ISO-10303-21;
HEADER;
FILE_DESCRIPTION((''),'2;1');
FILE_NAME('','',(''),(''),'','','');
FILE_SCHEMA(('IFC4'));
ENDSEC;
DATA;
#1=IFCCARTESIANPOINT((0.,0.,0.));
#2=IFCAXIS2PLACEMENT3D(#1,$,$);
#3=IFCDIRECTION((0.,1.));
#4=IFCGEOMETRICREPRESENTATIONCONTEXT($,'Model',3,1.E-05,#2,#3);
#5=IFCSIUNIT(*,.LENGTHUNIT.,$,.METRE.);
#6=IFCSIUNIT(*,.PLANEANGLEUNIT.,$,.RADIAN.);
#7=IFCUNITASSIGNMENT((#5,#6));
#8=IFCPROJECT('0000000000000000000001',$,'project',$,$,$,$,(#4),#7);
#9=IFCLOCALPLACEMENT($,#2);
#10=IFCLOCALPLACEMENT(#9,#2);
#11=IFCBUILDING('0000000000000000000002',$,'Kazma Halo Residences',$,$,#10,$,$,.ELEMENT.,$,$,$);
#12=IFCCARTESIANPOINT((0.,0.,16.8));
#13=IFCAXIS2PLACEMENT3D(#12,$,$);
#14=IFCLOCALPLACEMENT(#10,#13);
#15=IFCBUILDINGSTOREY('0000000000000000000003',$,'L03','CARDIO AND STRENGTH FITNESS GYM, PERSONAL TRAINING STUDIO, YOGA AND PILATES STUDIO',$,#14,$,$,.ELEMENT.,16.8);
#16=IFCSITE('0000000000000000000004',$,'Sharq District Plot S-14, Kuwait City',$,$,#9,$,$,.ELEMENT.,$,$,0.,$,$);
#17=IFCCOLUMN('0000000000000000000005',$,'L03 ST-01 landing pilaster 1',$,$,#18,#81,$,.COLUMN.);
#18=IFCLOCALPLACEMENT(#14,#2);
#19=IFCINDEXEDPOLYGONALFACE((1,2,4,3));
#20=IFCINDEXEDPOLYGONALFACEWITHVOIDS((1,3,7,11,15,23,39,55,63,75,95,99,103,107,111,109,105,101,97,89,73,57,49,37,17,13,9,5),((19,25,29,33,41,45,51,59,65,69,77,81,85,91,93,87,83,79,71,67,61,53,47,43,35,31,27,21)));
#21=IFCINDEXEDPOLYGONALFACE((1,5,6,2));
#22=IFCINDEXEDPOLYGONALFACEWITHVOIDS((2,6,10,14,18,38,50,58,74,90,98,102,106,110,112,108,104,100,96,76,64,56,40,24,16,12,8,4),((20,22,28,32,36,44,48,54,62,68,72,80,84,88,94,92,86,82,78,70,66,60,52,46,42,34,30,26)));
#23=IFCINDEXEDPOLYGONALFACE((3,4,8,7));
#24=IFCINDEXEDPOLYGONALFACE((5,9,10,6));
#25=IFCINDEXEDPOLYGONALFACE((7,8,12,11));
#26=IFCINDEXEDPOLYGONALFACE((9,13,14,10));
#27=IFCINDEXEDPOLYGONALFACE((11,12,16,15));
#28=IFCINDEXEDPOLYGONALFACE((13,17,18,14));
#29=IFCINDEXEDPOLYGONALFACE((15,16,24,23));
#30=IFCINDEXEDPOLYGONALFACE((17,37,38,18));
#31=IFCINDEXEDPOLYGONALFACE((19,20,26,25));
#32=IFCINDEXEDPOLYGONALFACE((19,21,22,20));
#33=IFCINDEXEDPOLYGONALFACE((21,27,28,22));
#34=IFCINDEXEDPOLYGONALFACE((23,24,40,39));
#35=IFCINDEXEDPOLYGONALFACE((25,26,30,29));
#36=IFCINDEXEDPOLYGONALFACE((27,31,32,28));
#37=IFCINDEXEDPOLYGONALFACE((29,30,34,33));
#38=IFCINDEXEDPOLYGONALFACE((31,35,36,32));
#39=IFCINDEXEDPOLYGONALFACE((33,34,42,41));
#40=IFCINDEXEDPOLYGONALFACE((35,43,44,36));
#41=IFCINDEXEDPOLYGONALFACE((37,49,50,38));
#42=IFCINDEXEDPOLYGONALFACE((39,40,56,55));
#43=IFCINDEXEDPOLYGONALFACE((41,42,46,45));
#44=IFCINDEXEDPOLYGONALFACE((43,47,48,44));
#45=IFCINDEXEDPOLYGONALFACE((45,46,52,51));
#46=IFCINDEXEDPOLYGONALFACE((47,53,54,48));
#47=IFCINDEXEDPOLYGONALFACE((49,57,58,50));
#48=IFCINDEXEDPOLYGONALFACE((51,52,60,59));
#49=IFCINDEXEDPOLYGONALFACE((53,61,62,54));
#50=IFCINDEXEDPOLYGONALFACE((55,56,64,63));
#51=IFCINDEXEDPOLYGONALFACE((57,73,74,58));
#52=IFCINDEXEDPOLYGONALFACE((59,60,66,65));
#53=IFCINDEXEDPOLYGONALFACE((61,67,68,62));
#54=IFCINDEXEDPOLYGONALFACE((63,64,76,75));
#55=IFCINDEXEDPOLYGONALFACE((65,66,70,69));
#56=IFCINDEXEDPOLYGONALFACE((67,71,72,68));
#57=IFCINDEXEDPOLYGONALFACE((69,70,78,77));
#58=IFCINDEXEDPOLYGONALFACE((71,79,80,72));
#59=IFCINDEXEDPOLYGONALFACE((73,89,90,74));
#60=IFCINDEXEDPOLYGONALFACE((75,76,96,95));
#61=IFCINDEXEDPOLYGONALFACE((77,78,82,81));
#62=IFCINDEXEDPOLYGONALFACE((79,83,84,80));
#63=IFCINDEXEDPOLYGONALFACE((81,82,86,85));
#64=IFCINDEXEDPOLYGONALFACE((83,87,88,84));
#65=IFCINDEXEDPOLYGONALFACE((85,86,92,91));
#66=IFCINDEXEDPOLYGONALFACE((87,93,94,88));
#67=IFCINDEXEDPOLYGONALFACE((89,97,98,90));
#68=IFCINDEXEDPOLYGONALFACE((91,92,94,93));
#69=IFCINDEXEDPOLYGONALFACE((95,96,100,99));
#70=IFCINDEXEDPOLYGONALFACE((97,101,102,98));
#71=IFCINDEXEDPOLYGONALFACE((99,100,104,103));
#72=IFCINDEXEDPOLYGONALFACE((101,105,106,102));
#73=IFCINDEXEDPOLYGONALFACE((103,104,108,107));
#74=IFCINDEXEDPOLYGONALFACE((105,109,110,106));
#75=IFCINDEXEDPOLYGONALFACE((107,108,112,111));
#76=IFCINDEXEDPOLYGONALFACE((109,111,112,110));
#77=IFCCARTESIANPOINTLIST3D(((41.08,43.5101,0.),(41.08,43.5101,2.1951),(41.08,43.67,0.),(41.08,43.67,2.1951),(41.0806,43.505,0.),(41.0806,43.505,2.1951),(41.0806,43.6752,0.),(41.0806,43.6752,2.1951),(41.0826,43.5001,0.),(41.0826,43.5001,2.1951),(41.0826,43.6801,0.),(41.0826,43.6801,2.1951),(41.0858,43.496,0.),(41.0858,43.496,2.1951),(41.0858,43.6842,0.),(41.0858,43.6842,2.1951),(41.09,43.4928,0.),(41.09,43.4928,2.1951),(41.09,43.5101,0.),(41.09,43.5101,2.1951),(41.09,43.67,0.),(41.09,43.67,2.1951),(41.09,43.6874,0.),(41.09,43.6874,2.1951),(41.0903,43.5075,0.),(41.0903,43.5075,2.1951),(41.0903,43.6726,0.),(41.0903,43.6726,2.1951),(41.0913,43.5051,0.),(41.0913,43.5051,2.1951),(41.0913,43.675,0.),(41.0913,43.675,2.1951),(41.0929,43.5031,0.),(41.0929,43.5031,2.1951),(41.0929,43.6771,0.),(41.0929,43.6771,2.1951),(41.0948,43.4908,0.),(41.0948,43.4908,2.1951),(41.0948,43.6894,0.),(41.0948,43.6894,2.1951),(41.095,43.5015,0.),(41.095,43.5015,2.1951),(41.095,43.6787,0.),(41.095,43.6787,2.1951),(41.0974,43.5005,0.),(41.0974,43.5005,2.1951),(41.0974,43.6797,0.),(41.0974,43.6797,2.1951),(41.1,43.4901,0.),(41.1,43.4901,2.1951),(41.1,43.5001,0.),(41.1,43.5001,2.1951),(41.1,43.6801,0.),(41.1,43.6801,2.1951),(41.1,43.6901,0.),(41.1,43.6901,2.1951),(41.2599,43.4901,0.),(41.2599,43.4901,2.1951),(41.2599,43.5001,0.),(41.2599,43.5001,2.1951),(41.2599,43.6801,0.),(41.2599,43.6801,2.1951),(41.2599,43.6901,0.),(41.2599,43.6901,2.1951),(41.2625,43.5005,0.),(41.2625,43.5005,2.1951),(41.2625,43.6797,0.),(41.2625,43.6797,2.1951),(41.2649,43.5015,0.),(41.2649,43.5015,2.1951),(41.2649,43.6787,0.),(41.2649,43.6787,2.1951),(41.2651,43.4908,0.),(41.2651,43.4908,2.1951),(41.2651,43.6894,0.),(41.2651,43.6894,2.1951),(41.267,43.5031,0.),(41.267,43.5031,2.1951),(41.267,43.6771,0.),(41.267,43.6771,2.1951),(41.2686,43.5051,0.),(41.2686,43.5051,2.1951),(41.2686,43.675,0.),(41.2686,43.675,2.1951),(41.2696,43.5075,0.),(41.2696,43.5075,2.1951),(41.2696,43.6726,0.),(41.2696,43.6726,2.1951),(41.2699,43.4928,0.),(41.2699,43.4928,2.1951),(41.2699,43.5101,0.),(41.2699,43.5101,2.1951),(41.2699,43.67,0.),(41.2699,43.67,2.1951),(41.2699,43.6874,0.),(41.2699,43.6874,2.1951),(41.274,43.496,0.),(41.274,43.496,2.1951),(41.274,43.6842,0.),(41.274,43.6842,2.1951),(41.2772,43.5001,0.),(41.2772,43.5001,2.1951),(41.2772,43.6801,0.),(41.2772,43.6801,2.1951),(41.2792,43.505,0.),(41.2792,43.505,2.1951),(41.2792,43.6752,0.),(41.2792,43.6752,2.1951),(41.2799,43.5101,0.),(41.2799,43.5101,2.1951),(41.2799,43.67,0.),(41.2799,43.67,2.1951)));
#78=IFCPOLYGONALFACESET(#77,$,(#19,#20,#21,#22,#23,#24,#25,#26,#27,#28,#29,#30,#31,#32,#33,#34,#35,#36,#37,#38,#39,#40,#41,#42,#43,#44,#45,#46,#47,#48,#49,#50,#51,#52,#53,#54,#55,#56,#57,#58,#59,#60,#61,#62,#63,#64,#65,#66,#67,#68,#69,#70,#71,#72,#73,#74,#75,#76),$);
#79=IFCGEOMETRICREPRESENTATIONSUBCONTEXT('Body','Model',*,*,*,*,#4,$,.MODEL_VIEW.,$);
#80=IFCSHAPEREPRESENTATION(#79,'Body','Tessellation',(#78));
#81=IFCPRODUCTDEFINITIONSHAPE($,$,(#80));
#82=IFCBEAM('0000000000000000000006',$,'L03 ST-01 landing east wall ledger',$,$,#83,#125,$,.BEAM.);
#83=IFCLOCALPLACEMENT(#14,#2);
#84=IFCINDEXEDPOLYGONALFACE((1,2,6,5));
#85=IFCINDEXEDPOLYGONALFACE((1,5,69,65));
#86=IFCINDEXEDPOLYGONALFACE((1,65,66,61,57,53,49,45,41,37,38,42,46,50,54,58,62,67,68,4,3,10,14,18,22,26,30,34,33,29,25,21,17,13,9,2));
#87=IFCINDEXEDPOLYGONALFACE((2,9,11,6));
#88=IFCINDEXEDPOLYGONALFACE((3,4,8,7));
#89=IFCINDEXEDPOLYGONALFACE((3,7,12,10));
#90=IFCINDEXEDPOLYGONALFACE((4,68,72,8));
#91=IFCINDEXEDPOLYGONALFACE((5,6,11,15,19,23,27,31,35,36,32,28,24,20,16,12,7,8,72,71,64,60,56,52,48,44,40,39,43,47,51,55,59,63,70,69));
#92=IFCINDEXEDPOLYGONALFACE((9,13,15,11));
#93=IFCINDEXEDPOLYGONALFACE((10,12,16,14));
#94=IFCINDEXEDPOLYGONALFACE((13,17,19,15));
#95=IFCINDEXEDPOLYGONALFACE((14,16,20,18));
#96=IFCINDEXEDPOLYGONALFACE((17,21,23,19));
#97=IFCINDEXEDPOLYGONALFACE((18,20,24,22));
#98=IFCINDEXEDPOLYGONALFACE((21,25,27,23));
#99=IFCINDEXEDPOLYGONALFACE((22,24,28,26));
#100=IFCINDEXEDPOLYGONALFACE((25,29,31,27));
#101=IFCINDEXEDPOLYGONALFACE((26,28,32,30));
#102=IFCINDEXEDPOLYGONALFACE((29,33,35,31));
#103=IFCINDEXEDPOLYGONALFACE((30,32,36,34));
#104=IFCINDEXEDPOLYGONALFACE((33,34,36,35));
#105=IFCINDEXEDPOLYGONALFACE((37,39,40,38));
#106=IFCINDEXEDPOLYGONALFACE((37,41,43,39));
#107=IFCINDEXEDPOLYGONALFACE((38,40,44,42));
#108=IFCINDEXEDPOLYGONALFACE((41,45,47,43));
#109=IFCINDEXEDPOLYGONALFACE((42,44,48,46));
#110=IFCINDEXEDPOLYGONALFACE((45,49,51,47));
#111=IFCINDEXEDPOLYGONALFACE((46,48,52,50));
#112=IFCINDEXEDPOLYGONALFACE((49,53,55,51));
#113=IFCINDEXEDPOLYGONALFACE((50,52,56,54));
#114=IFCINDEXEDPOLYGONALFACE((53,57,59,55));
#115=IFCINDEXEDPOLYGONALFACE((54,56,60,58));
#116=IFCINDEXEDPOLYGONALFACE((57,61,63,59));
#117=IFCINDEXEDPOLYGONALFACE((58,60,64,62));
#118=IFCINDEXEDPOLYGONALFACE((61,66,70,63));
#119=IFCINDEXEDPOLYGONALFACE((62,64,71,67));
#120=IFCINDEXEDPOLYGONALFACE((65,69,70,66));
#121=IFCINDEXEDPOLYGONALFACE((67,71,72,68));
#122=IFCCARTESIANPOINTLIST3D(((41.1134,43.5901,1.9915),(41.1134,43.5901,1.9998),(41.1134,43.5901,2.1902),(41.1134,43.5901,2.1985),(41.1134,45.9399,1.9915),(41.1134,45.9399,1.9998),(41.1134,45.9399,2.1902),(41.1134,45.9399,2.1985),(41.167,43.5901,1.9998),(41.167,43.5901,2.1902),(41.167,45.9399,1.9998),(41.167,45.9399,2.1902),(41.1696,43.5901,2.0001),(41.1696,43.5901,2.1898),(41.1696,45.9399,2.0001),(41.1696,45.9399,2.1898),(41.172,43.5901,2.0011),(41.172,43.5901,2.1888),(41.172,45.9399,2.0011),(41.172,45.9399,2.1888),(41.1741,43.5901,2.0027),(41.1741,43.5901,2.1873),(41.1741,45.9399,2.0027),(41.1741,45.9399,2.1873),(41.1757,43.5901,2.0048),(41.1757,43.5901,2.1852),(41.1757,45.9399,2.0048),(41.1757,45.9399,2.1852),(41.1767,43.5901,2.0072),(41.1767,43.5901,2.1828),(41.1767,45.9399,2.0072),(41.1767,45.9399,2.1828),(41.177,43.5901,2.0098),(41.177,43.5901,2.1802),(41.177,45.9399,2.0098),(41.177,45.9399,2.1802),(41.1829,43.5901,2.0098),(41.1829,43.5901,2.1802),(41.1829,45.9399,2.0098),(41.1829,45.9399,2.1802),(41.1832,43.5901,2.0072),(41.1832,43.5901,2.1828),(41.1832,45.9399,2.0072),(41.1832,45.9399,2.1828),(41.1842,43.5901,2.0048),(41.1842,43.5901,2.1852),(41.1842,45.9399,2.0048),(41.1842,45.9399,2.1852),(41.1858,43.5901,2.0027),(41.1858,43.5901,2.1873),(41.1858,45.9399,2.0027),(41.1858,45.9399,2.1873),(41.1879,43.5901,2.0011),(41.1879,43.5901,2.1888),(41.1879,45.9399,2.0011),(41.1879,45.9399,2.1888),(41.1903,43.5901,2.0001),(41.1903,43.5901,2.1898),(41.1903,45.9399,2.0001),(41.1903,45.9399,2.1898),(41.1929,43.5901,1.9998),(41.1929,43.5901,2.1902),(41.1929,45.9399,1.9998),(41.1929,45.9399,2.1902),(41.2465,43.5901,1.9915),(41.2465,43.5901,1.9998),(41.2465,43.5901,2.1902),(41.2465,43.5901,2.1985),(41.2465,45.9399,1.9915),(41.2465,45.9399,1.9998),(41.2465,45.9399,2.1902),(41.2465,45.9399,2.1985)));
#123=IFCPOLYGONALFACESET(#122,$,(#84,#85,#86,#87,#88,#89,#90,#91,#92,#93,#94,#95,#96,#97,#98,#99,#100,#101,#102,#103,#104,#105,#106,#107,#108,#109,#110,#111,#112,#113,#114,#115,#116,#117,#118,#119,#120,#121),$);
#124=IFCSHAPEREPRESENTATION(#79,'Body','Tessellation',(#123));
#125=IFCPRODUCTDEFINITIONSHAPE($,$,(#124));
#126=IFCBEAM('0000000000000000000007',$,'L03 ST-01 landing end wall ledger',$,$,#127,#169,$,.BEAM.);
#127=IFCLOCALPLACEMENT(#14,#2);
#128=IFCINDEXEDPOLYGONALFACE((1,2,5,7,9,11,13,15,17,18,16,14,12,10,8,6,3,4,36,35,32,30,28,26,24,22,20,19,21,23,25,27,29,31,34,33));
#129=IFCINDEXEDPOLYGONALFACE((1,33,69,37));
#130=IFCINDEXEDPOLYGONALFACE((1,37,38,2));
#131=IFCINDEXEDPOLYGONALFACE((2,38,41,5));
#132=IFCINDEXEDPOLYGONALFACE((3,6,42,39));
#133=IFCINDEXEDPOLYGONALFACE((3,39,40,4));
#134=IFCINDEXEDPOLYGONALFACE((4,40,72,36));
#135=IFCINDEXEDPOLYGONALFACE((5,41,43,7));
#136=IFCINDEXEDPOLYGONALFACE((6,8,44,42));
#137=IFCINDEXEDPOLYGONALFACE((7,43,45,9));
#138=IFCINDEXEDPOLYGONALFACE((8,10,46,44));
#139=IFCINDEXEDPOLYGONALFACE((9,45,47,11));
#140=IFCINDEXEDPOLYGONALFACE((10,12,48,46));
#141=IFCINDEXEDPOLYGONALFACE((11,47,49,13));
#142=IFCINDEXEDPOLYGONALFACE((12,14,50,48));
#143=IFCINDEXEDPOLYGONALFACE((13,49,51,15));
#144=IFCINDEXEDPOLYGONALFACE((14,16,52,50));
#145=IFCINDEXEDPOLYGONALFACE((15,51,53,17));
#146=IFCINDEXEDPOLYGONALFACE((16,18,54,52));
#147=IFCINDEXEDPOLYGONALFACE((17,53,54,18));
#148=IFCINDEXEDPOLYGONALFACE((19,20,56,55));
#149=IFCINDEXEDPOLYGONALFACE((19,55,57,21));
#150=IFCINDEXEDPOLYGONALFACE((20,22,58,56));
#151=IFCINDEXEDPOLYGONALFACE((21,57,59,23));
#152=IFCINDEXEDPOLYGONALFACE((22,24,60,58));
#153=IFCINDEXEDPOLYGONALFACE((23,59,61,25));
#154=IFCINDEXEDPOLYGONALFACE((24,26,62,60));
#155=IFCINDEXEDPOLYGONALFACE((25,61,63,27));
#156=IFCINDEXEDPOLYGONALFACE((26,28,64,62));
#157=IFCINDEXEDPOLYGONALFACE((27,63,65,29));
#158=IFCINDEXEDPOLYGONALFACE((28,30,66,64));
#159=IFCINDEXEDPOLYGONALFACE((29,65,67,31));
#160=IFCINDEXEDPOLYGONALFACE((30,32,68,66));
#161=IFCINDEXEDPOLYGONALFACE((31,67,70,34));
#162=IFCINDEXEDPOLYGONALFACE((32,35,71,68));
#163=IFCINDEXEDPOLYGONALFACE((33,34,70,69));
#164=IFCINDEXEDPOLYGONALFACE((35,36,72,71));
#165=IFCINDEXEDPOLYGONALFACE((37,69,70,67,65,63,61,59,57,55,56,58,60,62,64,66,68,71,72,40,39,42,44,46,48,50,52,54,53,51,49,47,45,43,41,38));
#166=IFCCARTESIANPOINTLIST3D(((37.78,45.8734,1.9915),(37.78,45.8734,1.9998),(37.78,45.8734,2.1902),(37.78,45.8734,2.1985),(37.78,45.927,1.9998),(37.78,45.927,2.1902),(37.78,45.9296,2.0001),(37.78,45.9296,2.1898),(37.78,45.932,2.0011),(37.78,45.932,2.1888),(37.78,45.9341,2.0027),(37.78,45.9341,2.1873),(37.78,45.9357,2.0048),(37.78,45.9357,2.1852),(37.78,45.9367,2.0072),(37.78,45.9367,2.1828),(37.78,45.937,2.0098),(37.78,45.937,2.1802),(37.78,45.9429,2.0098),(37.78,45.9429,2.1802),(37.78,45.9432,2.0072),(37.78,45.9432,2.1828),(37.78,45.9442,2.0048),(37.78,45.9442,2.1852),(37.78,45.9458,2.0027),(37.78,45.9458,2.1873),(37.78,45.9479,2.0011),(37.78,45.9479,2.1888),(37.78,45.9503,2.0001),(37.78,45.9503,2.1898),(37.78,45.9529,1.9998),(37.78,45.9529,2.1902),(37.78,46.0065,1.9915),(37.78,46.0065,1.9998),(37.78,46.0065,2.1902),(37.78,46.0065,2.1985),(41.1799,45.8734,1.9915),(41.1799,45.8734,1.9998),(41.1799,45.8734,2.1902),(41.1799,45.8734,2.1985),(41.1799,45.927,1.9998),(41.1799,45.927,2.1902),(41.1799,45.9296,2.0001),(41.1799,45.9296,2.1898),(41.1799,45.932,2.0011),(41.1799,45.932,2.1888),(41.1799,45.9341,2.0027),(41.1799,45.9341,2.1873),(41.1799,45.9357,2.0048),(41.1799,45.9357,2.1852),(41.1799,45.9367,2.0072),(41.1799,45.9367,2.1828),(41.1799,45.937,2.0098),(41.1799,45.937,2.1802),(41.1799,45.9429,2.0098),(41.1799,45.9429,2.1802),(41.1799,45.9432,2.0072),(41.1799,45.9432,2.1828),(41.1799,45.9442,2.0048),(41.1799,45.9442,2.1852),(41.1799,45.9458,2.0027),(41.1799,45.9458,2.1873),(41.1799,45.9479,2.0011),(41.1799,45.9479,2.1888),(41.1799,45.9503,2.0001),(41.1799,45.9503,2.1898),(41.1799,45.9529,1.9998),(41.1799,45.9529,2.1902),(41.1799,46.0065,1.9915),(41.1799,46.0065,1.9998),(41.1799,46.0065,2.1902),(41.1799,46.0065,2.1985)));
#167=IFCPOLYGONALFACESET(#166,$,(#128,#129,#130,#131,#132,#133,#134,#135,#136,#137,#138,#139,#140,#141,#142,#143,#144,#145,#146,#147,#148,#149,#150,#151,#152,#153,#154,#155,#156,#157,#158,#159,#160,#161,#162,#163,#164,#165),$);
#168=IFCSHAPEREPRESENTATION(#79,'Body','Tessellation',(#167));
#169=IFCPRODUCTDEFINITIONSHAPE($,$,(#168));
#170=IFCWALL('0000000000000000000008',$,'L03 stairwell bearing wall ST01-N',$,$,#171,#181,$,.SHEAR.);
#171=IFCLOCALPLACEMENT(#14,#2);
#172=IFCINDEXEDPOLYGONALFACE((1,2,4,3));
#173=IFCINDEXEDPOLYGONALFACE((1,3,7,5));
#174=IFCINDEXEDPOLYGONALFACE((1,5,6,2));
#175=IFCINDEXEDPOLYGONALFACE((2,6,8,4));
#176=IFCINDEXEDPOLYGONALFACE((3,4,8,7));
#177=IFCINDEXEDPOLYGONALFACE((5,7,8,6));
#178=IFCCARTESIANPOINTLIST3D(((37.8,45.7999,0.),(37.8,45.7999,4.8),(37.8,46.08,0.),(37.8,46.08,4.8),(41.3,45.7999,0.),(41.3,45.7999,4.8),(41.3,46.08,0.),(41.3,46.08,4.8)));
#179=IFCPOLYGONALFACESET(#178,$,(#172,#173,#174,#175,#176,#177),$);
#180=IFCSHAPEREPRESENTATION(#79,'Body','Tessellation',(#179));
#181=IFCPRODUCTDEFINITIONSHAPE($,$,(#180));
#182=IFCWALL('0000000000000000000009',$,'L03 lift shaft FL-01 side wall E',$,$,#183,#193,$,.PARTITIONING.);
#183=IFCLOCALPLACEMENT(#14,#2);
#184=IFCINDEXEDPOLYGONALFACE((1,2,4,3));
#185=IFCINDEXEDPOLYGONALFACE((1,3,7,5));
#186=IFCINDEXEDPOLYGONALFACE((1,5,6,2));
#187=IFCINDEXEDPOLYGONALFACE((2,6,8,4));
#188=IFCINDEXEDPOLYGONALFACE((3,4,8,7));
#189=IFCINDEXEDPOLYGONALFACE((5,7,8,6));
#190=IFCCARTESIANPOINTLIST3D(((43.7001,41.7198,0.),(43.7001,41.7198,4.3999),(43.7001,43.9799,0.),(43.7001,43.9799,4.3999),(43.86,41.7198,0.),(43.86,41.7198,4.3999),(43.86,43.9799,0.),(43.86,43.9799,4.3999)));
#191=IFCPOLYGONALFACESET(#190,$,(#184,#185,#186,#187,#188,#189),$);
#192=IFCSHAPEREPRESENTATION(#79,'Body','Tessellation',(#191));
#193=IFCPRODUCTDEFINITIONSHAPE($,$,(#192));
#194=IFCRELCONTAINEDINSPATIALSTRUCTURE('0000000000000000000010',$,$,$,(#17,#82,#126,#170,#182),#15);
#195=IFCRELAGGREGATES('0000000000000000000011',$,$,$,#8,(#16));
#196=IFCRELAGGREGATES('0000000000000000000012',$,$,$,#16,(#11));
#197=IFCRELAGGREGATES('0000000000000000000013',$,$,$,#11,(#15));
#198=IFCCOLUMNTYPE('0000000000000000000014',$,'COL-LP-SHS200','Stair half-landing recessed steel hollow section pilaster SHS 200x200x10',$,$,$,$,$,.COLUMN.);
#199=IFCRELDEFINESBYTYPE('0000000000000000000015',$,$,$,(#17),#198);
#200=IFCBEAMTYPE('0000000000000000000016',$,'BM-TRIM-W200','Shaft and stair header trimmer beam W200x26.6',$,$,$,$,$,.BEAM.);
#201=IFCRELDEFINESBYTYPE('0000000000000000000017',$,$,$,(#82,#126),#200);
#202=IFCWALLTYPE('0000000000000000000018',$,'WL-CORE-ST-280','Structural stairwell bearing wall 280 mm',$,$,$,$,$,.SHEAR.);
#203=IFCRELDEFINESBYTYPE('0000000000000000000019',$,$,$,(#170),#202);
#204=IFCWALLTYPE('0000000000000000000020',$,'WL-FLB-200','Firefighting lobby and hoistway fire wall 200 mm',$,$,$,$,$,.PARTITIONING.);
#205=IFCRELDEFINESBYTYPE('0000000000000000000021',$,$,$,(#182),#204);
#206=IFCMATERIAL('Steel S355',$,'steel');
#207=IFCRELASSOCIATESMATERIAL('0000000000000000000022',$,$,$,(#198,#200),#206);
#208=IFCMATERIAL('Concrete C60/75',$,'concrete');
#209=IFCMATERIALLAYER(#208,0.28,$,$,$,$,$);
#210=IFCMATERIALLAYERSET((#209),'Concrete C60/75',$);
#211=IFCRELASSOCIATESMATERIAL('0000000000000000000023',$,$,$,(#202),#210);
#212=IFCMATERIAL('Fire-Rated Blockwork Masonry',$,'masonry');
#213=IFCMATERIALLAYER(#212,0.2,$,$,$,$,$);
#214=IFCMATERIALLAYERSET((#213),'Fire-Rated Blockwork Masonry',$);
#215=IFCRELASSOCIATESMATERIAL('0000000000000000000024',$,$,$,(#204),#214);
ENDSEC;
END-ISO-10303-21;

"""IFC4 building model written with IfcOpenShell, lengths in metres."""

from ifc_helpers import new_model, si_unit, direction, frame, frame_2d, origin, origin_2d, place, context, subcontext, project, spatial, rectangle, hollow_rectangle, i_section, extrude, material, layer, layer_set, material_profile, profile_set, type_object, element, save


model = new_model("IFC4")

# Units and contexts
model_context = context("Model", 3, precision=1e-05, world=origin(), true_north=direction((0.0, 1.0)))
body_context = subcontext(model_context, "Body", "Model", "MODEL_VIEW")
ifc_project = project(units=[si_unit("LENGTHUNIT", "METRE"), si_unit("PLANEANGLEUNIT", "RADIAN")], contexts=[model_context])

# Site, building, storey
site_placement = place(None, origin())
site = spatial("IfcSite", under=ifc_project, at=site_placement, Name="Sharq District Plot S-14, Kuwait City", CompositionType="ELEMENT", RefElevation=0.0)
building_placement = place(site_placement, origin())
building = spatial("IfcBuilding", under=site, at=building_placement, Name="Kazma Halo Residences", CompositionType="ELEMENT")
storey_placement = place(building_placement, frame((0.0, 0.0, 16.8)))
storey = spatial("IfcBuildingStorey", under=building, at=storey_placement, Name="L03", Description="CARDIO AND STRENGTH FITNESS GYM, PERSONAL TRAINING STUDIO, YOGA AND PILATES STUDIO", CompositionType="ELEMENT", Elevation=16.8)

# Column
ifc_material_1 = material(Name="Steel S355", Category="steel")
ifc_material_profile_1 = material_profile(ifc_material_1, hollow_rectangle(XDim=0.2, YDim=0.2, WallThickness=0.01, InnerFilletRadius=0.01, OuterFilletRadius=0.02, at=origin_2d()), Name="SHS200x200x10")
ifc_profile_set_1 = profile_set([ifc_material_profile_1], Name="Steel S355")
column_type = type_object("IfcColumnType", Name="COL-LP-SHS200", Description="Stair half-landing recessed steel hollow section pilaster SHS 200x200x10", PredefinedType="COLUMN", material=ifc_profile_set_1)
column_placement = place(storey_placement, frame((41.1799, 43.5901, 0.0), z_axis=(0.0, 0.0, 1.0), x_axis=(1.0, 0.0, 0.0)))
element("IfcColumn", 1, at=column_placement, inside=storey, type_object=column_type, Name="L03 ST-01 landing pilaster 1", PredefinedType="COLUMN", context=body_context, shape_type="SweptSolid", body=[
    extrude(hollow_rectangle(XDim=0.2, YDim=0.2, WallThickness=0.01, InnerFilletRadius=0.01, OuterFilletRadius=0.02, at=origin_2d()), origin(), (0.0, 0.0, 1.0), 2.1951),
])

# Beams
ifc_material_profile_2 = material_profile(ifc_material_1, i_section(OverallWidth=0.1331, OverallDepth=0.207, WebThickness=0.0059, FlangeThickness=0.0083, FilletRadius=0.01, at=origin_2d()), Name="W200x26.6")
ifc_profile_set_2 = profile_set([ifc_material_profile_2], Name="Steel S355")
beam_type = type_object("IfcBeamType", Name="BM-TRIM-W200", Description="Shaft and stair header trimmer beam W200x26.6", PredefinedType="BEAM", material=ifc_profile_set_2)
beam_1_placement = place(storey_placement, frame((41.1799, 43.5901, 2.095), z_axis=(0.0, 1.0, 0.0), x_axis=(-1.0, 0.0, 0.0)))
element("IfcBeam", 2, at=beam_1_placement, inside=storey, type_object=beam_type, Name="L03 ST-01 landing east wall ledger", PredefinedType="BEAM", context=body_context, shape_type="SweptSolid", body=[
    extrude(i_section(OverallWidth=0.1331, OverallDepth=0.207, WebThickness=0.0059, FlangeThickness=0.0083, FilletRadius=0.01, at=origin_2d()), origin(), (0.0, 0.0, 1.0), 2.3499),
])
beam_2_placement = place(storey_placement, frame((37.78, 45.9399, 2.095), z_axis=(1.0, 0.0, 0.0), x_axis=(0.0, 1.0, 0.0)))
element("IfcBeam", 3, at=beam_2_placement, inside=storey, type_object=beam_type, Name="L03 ST-01 landing end wall ledger", PredefinedType="BEAM", context=body_context, shape_type="SweptSolid", body=[
    extrude(i_section(OverallWidth=0.1331, OverallDepth=0.207, WebThickness=0.0059, FlangeThickness=0.0083, FilletRadius=0.01, at=origin_2d()), origin(), (0.0, 0.0, 1.0), 3.3999),
])

# Walls
ifc_material_2 = material(Name="Concrete C60/75", Category="concrete")
ifc_layer_1 = layer(ifc_material_2, 0.28)
ifc_layer_set_1 = layer_set([ifc_layer_1], Name="Concrete C60/75")
wall_type_1 = type_object("IfcWallType", Name="WL-CORE-ST-280", Description="Structural stairwell bearing wall 280 mm", PredefinedType="SHEAR", material=ifc_layer_set_1)
wall_1_placement = place(storey_placement, frame((37.8, 45.9399, 0.0), z_axis=(0.0, 0.0, 1.0), x_axis=(1.0, 0.0, 0.0)))
element("IfcWall", 4, at=wall_1_placement, inside=storey, type_object=wall_type_1, Name="L03 stairwell bearing wall ST01-N", PredefinedType="SHEAR", context=body_context, shape_type="SweptSolid", body=[
    extrude(rectangle(XDim=3.5, YDim=0.28, at=frame_2d((1.75, 0.0))), origin(), (0.0, 0.0, 1.0), 4.8),
])
ifc_material_3 = material(Name="Fire-Rated Blockwork Masonry", Category="masonry")
ifc_layer_2 = layer(ifc_material_3, 0.2)
ifc_layer_set_2 = layer_set([ifc_layer_2], Name="Fire-Rated Blockwork Masonry")
wall_type_2 = type_object("IfcWallType", Name="WL-FLB-200", Description="Firefighting lobby and hoistway fire wall 200 mm", PredefinedType="PARTITIONING", material=ifc_layer_set_2)
for number, where, z_axis, x_axis, name in (
    (5, (43.78, 41.72, 0.0), (0.0, 0.0, 1.0), (0.0, 1.0, 0.0), "L03 lift shaft FL-01 side wall E"),
):
    element("IfcWall", number, at=place(storey_placement, frame(where, z_axis=z_axis, x_axis=x_axis)), inside=storey, type_object=wall_type_2, Name=name, PredefinedType="PARTITIONING", context=body_context, shape_type="SweptSolid", body=[
        extrude(rectangle(XDim=2.26, YDim=0.1599, at=frame_2d((1.1299, 0.0))), origin(), (0.0, 0.0, 1.0), 4.3999),
    ])

save(model, "model.ifc")
